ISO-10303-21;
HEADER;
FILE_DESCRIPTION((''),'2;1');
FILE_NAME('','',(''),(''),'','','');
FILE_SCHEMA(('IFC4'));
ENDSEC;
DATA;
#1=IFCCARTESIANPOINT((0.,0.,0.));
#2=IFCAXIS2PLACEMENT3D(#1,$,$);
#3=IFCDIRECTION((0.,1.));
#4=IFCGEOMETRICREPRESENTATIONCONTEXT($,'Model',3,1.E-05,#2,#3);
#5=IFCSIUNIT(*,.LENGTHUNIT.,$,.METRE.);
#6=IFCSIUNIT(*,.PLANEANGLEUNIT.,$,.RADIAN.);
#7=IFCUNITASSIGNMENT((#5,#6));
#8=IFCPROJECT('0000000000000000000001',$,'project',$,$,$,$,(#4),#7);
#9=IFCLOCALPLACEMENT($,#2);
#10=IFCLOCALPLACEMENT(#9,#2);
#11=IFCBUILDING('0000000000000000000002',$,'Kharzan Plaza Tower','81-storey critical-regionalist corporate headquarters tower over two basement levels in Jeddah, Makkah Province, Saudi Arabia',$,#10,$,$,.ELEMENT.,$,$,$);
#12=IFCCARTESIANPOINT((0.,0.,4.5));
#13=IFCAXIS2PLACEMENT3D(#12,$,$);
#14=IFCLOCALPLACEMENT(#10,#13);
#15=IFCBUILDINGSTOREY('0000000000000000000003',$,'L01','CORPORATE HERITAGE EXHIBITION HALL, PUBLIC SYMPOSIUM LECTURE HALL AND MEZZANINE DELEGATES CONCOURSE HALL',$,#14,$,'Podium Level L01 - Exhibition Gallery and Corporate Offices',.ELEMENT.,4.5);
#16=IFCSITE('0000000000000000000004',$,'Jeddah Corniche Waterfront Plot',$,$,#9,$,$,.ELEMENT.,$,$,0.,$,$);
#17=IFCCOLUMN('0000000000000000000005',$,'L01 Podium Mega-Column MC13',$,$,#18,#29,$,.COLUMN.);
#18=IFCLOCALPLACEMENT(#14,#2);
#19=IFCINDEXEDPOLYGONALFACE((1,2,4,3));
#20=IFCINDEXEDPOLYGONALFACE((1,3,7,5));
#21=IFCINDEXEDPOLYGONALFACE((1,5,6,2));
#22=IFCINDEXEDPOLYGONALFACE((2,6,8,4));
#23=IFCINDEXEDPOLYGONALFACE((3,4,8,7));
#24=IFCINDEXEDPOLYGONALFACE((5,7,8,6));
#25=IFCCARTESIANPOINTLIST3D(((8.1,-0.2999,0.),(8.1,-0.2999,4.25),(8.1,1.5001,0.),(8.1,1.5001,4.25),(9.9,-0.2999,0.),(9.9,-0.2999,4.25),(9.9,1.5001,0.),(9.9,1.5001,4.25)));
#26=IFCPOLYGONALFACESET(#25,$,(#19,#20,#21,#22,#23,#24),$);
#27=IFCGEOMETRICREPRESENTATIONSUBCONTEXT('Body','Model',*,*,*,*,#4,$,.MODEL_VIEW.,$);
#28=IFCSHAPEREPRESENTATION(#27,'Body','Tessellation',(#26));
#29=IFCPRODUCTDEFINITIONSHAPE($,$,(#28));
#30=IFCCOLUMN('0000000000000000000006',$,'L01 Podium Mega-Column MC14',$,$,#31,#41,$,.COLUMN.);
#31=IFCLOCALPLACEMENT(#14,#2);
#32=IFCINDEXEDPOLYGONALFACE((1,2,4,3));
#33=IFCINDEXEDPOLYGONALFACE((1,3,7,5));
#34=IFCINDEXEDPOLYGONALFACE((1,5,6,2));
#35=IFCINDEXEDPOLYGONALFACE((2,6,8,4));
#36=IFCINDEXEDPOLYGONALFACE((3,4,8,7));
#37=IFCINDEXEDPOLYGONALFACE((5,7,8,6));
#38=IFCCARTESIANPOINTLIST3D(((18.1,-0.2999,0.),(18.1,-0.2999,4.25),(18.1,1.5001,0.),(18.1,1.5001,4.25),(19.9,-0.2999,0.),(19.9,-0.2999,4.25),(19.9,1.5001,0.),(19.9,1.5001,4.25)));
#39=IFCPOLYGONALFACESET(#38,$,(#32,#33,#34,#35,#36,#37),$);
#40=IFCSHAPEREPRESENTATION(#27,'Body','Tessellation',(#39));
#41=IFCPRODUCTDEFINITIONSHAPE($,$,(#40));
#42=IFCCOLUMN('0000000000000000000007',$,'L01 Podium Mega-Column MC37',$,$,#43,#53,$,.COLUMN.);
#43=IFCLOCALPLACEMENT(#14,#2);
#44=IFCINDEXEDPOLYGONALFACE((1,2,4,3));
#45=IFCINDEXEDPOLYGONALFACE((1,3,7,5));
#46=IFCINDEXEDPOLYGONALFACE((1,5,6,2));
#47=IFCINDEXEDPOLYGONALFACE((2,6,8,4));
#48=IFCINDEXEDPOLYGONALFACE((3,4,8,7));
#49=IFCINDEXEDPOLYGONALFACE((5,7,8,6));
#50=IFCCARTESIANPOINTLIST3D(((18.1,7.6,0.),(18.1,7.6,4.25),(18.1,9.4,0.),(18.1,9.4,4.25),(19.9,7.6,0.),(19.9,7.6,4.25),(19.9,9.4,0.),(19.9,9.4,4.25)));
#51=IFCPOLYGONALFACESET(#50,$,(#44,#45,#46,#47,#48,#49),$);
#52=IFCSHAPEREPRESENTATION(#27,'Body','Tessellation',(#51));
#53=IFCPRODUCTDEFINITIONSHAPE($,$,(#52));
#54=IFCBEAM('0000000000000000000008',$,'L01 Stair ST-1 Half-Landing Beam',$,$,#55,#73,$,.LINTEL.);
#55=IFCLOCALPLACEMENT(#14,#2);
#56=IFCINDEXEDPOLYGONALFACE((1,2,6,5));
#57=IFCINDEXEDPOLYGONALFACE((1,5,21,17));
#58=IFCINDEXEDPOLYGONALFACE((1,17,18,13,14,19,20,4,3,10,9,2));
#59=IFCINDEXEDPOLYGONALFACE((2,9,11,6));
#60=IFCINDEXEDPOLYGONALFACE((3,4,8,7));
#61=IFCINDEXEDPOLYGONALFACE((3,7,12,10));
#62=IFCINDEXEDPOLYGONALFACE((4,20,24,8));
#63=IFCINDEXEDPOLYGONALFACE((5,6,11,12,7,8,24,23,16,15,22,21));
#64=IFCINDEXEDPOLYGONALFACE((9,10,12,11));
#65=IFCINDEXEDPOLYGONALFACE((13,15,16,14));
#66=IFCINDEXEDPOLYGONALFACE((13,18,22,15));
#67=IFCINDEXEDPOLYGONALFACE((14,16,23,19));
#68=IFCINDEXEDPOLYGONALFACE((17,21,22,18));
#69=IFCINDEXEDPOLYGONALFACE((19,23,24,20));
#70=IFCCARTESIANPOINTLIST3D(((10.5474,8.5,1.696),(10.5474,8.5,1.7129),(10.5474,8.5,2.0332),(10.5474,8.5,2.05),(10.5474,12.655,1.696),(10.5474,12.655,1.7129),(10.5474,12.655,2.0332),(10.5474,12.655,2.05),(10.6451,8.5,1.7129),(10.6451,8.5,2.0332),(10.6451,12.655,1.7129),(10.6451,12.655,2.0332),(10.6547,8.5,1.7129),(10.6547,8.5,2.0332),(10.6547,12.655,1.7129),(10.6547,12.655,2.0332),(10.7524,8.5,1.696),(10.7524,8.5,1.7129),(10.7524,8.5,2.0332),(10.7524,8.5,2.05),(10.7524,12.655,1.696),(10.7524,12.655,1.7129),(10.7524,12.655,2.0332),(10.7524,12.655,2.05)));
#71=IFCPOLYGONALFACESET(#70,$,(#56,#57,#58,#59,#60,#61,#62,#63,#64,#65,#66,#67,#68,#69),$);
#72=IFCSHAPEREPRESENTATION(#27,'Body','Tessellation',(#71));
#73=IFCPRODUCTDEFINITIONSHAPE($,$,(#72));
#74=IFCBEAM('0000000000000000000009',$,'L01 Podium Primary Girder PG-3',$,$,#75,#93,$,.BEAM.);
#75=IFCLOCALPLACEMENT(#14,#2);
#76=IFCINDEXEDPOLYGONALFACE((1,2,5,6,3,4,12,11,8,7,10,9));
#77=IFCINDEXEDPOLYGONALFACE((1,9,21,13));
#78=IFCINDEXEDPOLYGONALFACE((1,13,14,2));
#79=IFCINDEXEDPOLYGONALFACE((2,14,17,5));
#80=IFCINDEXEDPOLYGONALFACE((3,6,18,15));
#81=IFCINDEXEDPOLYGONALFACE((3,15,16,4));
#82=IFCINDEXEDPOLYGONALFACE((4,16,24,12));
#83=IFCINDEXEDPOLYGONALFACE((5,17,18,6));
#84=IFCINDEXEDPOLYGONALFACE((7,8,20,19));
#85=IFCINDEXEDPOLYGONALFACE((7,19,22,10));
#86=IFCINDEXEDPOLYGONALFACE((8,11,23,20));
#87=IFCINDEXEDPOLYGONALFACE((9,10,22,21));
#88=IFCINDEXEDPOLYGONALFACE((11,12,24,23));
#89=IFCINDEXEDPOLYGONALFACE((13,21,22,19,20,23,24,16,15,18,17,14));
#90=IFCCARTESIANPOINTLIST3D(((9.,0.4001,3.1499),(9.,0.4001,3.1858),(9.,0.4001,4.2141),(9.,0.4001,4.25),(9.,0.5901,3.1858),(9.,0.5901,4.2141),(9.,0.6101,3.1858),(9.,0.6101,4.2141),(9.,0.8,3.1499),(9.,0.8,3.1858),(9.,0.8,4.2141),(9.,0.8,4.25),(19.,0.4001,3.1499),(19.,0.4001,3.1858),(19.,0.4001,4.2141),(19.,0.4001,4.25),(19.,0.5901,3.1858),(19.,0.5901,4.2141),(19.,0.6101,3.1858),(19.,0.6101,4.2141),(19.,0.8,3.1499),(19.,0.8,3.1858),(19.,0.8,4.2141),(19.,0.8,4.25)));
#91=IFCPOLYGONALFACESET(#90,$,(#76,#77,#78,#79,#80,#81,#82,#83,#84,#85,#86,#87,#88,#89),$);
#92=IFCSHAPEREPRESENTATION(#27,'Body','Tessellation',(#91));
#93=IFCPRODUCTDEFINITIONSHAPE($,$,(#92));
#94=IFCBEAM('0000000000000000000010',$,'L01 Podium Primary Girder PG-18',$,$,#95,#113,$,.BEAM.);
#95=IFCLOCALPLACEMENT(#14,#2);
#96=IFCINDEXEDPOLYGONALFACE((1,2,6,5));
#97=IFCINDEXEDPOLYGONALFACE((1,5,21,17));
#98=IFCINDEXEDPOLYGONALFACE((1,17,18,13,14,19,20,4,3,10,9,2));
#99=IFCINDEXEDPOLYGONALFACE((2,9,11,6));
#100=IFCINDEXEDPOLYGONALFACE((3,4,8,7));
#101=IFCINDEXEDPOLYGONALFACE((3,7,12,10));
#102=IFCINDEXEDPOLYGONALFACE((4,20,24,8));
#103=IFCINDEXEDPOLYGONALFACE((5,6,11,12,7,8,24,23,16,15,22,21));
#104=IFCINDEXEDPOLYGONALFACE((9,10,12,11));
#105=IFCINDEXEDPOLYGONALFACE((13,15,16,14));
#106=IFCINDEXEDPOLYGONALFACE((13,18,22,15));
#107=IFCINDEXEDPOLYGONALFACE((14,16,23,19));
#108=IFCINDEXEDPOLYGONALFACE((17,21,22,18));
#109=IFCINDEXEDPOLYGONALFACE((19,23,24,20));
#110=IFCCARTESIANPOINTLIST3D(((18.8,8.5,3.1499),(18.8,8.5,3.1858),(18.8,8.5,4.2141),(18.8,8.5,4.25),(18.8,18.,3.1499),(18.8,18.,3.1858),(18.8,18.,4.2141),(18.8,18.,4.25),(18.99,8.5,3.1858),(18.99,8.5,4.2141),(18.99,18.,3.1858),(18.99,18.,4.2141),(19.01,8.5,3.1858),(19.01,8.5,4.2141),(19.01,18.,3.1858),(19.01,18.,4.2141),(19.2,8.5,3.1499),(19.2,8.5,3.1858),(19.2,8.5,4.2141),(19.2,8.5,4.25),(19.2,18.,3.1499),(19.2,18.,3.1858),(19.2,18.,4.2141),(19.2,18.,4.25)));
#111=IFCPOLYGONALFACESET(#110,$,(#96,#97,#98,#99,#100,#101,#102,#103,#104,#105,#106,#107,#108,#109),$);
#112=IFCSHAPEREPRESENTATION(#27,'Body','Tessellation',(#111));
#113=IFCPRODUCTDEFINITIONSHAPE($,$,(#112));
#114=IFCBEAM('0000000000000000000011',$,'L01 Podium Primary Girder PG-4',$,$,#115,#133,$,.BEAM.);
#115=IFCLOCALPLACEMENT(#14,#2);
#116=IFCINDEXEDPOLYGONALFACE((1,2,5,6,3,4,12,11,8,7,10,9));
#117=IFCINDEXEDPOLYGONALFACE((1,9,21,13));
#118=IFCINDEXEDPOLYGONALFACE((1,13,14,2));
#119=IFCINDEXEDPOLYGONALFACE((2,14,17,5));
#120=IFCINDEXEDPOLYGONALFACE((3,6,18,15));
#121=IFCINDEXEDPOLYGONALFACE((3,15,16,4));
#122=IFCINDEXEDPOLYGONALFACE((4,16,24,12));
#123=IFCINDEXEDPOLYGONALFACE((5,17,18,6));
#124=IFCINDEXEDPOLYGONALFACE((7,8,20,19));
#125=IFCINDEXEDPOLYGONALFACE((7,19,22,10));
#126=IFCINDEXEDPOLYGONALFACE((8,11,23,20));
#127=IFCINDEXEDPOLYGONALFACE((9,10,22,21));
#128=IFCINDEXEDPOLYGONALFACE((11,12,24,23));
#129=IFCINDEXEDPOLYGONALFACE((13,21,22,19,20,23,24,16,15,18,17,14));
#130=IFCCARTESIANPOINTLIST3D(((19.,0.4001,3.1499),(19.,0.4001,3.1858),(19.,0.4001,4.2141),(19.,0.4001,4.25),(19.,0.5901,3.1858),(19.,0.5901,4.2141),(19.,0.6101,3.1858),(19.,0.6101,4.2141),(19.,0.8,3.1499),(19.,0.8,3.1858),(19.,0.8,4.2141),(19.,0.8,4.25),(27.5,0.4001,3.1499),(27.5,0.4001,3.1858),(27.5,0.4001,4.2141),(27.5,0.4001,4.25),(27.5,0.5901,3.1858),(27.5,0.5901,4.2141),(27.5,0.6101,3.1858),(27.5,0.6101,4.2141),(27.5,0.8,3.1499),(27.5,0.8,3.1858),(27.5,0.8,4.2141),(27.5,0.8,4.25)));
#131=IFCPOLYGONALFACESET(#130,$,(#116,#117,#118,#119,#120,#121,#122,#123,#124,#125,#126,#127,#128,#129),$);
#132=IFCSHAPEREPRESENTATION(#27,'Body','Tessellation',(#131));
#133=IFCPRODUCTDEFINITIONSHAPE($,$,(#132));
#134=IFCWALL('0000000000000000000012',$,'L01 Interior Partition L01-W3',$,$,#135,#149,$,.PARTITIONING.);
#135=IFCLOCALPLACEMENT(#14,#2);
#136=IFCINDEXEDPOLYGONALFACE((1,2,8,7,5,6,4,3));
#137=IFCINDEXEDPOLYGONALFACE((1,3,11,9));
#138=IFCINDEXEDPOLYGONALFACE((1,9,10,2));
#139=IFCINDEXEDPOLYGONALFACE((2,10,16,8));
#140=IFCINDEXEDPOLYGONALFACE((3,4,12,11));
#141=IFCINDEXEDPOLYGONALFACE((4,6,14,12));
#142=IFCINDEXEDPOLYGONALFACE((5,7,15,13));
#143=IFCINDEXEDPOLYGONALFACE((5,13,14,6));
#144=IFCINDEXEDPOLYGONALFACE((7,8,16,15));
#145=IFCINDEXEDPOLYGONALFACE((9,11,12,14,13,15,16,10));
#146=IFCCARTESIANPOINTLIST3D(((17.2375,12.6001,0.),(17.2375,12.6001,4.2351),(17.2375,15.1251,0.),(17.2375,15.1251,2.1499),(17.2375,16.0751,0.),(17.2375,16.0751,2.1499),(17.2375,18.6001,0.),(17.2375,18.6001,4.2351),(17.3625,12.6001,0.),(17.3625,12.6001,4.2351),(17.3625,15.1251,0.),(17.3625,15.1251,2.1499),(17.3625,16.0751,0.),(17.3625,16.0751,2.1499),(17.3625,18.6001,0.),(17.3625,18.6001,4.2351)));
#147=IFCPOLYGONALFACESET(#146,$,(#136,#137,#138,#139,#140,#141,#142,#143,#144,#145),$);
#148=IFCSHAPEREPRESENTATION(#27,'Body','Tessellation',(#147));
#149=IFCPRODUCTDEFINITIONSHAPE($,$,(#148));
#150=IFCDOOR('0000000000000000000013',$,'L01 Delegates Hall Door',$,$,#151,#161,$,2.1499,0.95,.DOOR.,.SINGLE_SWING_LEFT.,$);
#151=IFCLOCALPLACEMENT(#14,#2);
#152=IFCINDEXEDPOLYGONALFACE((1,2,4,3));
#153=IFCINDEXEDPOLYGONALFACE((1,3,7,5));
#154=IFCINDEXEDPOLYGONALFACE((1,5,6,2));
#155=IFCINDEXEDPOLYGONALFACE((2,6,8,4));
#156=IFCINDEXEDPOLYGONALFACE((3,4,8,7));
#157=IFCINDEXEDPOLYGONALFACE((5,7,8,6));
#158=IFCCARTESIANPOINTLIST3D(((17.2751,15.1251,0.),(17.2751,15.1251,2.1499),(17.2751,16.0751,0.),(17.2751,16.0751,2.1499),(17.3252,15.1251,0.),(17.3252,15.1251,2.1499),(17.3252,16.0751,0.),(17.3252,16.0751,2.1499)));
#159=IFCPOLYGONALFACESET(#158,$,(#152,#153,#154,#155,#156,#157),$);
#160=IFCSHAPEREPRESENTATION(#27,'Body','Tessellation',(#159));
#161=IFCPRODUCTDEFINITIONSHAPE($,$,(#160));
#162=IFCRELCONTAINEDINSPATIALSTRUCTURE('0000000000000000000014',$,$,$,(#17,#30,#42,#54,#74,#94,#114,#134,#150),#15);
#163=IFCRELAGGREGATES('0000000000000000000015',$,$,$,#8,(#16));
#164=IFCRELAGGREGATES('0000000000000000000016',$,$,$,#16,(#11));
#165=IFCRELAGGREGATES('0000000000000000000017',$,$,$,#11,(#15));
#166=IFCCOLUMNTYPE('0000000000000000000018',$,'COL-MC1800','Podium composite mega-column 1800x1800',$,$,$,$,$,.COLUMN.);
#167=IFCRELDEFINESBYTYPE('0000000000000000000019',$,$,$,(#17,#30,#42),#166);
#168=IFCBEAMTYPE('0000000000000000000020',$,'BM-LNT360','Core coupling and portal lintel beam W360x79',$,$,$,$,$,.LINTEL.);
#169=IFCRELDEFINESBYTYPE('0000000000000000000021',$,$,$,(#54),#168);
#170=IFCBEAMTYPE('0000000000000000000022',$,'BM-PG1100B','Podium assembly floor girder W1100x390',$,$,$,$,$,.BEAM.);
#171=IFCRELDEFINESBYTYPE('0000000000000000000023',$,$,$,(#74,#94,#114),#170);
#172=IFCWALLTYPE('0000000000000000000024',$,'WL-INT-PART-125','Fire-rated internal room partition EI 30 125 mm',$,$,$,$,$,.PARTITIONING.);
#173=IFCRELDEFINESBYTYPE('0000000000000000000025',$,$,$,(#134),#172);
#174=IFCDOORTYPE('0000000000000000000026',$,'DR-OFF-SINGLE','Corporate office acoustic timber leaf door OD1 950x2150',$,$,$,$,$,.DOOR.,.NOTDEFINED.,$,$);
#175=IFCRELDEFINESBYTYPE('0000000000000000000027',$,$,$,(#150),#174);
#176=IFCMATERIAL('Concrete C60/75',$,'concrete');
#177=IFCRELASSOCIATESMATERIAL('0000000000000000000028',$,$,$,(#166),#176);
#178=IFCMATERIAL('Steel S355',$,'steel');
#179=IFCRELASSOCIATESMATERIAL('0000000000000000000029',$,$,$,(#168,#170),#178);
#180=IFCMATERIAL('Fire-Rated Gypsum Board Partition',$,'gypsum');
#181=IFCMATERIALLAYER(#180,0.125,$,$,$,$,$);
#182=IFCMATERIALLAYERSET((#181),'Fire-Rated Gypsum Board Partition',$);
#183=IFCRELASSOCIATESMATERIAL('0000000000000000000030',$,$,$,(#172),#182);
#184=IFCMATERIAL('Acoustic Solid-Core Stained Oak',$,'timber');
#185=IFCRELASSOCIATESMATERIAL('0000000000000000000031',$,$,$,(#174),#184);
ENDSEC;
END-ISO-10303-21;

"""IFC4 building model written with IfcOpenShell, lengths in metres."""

from ifc_helpers import new_model, si_unit, direction, frame, frame_2d, origin, origin_2d, place, context, subcontext, project, spatial, rectangle, i_section, extrude, source, transform, mapped, material, layer, layer_set, material_profile, profile_set, type_object, element, fill, save


model = new_model("IFC4")

# Units and contexts
model_context = context("Model", 3, precision=1e-05, world=origin(), true_north=direction((0.0, 1.0)))
body_context = subcontext(model_context, "Body", "Model", "MODEL_VIEW")
ifc_project = project(units=[si_unit("LENGTHUNIT", "METRE"), si_unit("PLANEANGLEUNIT", "RADIAN")], contexts=[model_context])

# Site, building, storey
site_placement = place(None, origin())
site = spatial("IfcSite", under=ifc_project, at=site_placement, Name="Jeddah Corniche Waterfront Plot", CompositionType="ELEMENT", RefElevation=0.0)
building_placement = place(site_placement, origin())
building = spatial("IfcBuilding", under=site, at=building_placement, Name="Kharzan Plaza Tower", Description="81-storey critical-regionalist corporate headquarters tower over two basement levels in Jeddah, Makkah Province, Saudi Arabia", CompositionType="ELEMENT")
storey_placement = place(building_placement, frame((0.0, 0.0, 4.5)))
storey = spatial("IfcBuildingStorey", under=building, at=storey_placement, Name="L01", Description="CORPORATE HERITAGE EXHIBITION HALL, PUBLIC SYMPOSIUM LECTURE HALL AND MEZZANINE DELEGATES CONCOURSE HALL", LongName="Podium Level L01 - Exhibition Gallery and Corporate Offices", CompositionType="ELEMENT", Elevation=4.5)

# Columns
ifc_material_1 = material(Name="Concrete C60/75", Category="concrete")
ifc_material_profile_1 = material_profile(ifc_material_1, rectangle(XDim=1.8, YDim=1.8, at=origin_2d()), Name="RC-MC1800x1800")
ifc_profile_set_1 = profile_set([ifc_material_profile_1], Name="Concrete C60/75")
column_type = type_object("IfcColumnType", Name="COL-MC1800", Description="Podium composite mega-column 1800x1800", PredefinedType="COLUMN", material=ifc_profile_set_1)
shared_shape_1 = source(origin(), body_context, "Body", "SweptSolid", [
    extrude(rectangle(XDim=1.8, YDim=1.8, at=origin_2d()), origin(), (0.0, 0.0, 1.0), 4.25),
])
for number, where, z_axis, x_axis, name in (
    (1, (9.0, 0.6001, 0.0), (0.0, 0.0, 1.0), (1.0, 0.0, 0.0), "L01 Podium Mega-Column MC13"),
    (2, (19.0, 0.6001, 0.0), (0.0, 0.0, 1.0), (1.0, 0.0, 0.0), "L01 Podium Mega-Column MC14"),
    (3, (19.0, 8.5, 0.0), (0.0, 0.0, 1.0), (1.0, 0.0, 0.0), "L01 Podium Mega-Column MC37"),
):
    element("IfcColumn", number, at=place(storey_placement, frame(where, z_axis=z_axis, x_axis=x_axis)), inside=storey, type_object=column_type, Name=name, PredefinedType="COLUMN", context=body_context, shape_type="MappedRepresentation", body=[
        mapped(shared_shape_1, transform((0.0, 0.0, 0.0), x_axis=(1.0, 0.0, 0.0), y_axis=(0.0, 1.0, 0.0), z_axis=(0.0, 0.0, 1.0))),
    ])

# Beams
ifc_material_2 = material(Name="Steel S355", Category="steel")
ifc_material_profile_2 = material_profile(ifc_material_2, i_section(OverallWidth=0.2051, OverallDepth=0.354, WebThickness=0.0095, FlangeThickness=0.0168, at=origin_2d()), Name="W360x79")
ifc_profile_set_2 = profile_set([ifc_material_profile_2], Name="Steel S355")
beam_type_1 = type_object("IfcBeamType", Name="BM-LNT360", Description="Core coupling and portal lintel beam W360x79", PredefinedType="LINTEL", material=ifc_profile_set_2)
shared_shape_2 = source(origin(), body_context, "Body", "SweptSolid", [
    extrude(i_section(OverallWidth=0.2051, OverallDepth=0.354, WebThickness=0.0095, FlangeThickness=0.0168, at=origin_2d()), origin(), (0.0, 0.0, 1.0), 4.155),
])
beam_1_placement = place(storey_placement, frame((10.6499, 8.5, 1.873), z_axis=(0.0, 1.0, 0.0), x_axis=(-1.0, 0.0, 0.0)))
element("IfcBeam", 4, at=beam_1_placement, inside=storey, type_object=beam_type_1, Name="L01 Stair ST-1 Half-Landing Beam", PredefinedType="LINTEL", context=body_context, shape_type="MappedRepresentation", body=[
    mapped(shared_shape_2, transform((0.0, 0.0, 0.0), x_axis=(1.0, 0.0, 0.0), y_axis=(0.0, 1.0, 0.0), z_axis=(0.0, 0.0, 1.0))),
])
ifc_material_profile_3 = material_profile(ifc_material_2, i_section(OverallWidth=0.3999, OverallDepth=1.1001, WebThickness=0.02, FlangeThickness=0.0359, at=origin_2d()), Name="W1100x390")
ifc_profile_set_3 = profile_set([ifc_material_profile_3], Name="Steel S355")
beam_type_2 = type_object("IfcBeamType", Name="BM-PG1100B", Description="Podium assembly floor girder W1100x390", PredefinedType="BEAM", material=ifc_profile_set_3)
shared_shape_3 = source(origin(), body_context, "Body", "SweptSolid", [
    extrude(i_section(OverallWidth=0.3999, OverallDepth=1.1001, WebThickness=0.02, FlangeThickness=0.0359, at=origin_2d()), origin(), (0.0, 0.0, 1.0), 10.0),
])
beam_2_placement = place(storey_placement, frame((9.0, 0.6001, 3.7), z_axis=(1.0, 0.0, 0.0), x_axis=(0.0, 1.0, 0.0)))
element("IfcBeam", 5, at=beam_2_placement, inside=storey, type_object=beam_type_2, Name="L01 Podium Primary Girder PG-3", PredefinedType="BEAM", context=body_context, shape_type="MappedRepresentation", body=[
    mapped(shared_shape_3, transform((0.0, 0.0, 0.0), x_axis=(1.0, 0.0, 0.0), y_axis=(0.0, 1.0, 0.0), z_axis=(0.0, 0.0, 1.0))),
])
shared_shape_4 = source(origin(), body_context, "Body", "SweptSolid", [
    extrude(i_section(OverallWidth=0.3999, OverallDepth=1.1001, WebThickness=0.02, FlangeThickness=0.0359, at=origin_2d()), origin(), (0.0, 0.0, 1.0), 9.5),
])
beam_3_placement = place(storey_placement, frame((19.0, 8.5, 3.7), z_axis=(0.0, 1.0, 0.0), x_axis=(-1.0, 0.0, 0.0)))
element("IfcBeam", 6, at=beam_3_placement, inside=storey, type_object=beam_type_2, Name="L01 Podium Primary Girder PG-18", PredefinedType="BEAM", context=body_context, shape_type="MappedRepresentation", body=[
    mapped(shared_shape_4, transform((0.0, 0.0, 0.0), x_axis=(1.0, 0.0, 0.0), y_axis=(0.0, 1.0, 0.0), z_axis=(0.0, 0.0, 1.0))),
])
shared_shape_5 = source(origin(), body_context, "Body", "SweptSolid", [
    extrude(i_section(OverallWidth=0.3999, OverallDepth=1.1001, WebThickness=0.02, FlangeThickness=0.0359, at=origin_2d()), origin(), (0.0, 0.0, 1.0), 8.5),
])
beam_4_placement = place(storey_placement, frame((19.0, 0.6001, 3.7), z_axis=(1.0, 0.0, 0.0), x_axis=(0.0, 1.0, 0.0)))
element("IfcBeam", 7, at=beam_4_placement, inside=storey, type_object=beam_type_2, Name="L01 Podium Primary Girder PG-4", PredefinedType="BEAM", context=body_context, shape_type="MappedRepresentation", body=[
    mapped(shared_shape_5, transform((0.0, 0.0, 0.0), x_axis=(1.0, 0.0, 0.0), y_axis=(0.0, 1.0, 0.0), z_axis=(0.0, 0.0, 1.0))),
])

# Wall, opening, door
ifc_material_3 = material(Name="Fire-Rated Gypsum Board Partition", Category="gypsum")
ifc_layer_1 = layer(ifc_material_3, 0.125)
ifc_layer_set_1 = layer_set([ifc_layer_1], Name="Fire-Rated Gypsum Board Partition")
wall_type_1 = type_object("IfcWallType", Name="WL-INT-PART-125", Description="Fire-rated internal room partition EI 30 125 mm", PredefinedType="PARTITIONING", material=ifc_layer_set_1)
wall_1_placement = place(storey_placement, frame((17.3, 12.6001, 0.0), z_axis=(0.0, 0.0, 1.0), x_axis=(0.0, 1.0, 0.0)))
wall_1 = element("IfcWall", 8, at=wall_1_placement, inside=storey, type_object=wall_type_1, Name="L01 Interior Partition L01-W3", PredefinedType="PARTITIONING", context=body_context, shape_type="SweptSolid", body=[
    extrude(rectangle(XDim=6.0, YDim=0.125, at=frame_2d((3.0, 0.0))), origin(), (0.0, 0.0, 1.0), 4.2351),
])
opening_1_placement = place(wall_1_placement, frame((2.5249, 0.0, 0.0)))
opening_1 = element("IfcOpeningElement", 9, at=opening_1_placement, cuts=wall_1, PredefinedType="OPENING", context=body_context, shape_type="SweptSolid", body=[
    extrude(rectangle(XDim=0.95, YDim=2.1499, at=frame_2d((0.4751, 1.075))), frame((0.0, 0.0725, 0.0), z_axis=(0.0, -1.0, 0.0), x_axis=(1.0, 0.0, 0.0)), (0.0, 0.0, 1.0), 0.145),
])
ifc_material_4 = material(Name="Acoustic Solid-Core Stained Oak", Category="timber")
door_type = type_object("IfcDoorType", Name="DR-OFF-SINGLE", Description="Corporate office acoustic timber leaf door OD1 950x2150", OperationType="NOTDEFINED", PredefinedType="DOOR", material=ifc_material_4)
shared_shape_6 = source(origin(), body_context, "Body", "SweptSolid", [
    extrude(rectangle(XDim=0.95, YDim=2.1499, at=frame_2d((0.4751, 1.075))), frame((0.0, 0.0249, 0.0), z_axis=(0.0, -1.0, 0.0), x_axis=(1.0, 0.0, 0.0)), (0.0, 0.0, 1.0), 0.05),
])
door_placement = place(opening_1_placement, origin())
door = element("IfcDoor", 10, at=door_placement, inside=storey, type_object=door_type, Name="L01 Delegates Hall Door", OperationType="SINGLE_SWING_LEFT", OverallHeight=2.1499, OverallWidth=0.95, PredefinedType="DOOR", context=body_context, shape_type="MappedRepresentation", body=[
    mapped(shared_shape_6, transform((0.0, 0.0, 0.0), x_axis=(1.0, 0.0, 0.0), y_axis=(0.0, 1.0, 0.0), z_axis=(0.0, 0.0, 1.0))),
])
fill(opening_1, door)

save(model, "model.ifc")
